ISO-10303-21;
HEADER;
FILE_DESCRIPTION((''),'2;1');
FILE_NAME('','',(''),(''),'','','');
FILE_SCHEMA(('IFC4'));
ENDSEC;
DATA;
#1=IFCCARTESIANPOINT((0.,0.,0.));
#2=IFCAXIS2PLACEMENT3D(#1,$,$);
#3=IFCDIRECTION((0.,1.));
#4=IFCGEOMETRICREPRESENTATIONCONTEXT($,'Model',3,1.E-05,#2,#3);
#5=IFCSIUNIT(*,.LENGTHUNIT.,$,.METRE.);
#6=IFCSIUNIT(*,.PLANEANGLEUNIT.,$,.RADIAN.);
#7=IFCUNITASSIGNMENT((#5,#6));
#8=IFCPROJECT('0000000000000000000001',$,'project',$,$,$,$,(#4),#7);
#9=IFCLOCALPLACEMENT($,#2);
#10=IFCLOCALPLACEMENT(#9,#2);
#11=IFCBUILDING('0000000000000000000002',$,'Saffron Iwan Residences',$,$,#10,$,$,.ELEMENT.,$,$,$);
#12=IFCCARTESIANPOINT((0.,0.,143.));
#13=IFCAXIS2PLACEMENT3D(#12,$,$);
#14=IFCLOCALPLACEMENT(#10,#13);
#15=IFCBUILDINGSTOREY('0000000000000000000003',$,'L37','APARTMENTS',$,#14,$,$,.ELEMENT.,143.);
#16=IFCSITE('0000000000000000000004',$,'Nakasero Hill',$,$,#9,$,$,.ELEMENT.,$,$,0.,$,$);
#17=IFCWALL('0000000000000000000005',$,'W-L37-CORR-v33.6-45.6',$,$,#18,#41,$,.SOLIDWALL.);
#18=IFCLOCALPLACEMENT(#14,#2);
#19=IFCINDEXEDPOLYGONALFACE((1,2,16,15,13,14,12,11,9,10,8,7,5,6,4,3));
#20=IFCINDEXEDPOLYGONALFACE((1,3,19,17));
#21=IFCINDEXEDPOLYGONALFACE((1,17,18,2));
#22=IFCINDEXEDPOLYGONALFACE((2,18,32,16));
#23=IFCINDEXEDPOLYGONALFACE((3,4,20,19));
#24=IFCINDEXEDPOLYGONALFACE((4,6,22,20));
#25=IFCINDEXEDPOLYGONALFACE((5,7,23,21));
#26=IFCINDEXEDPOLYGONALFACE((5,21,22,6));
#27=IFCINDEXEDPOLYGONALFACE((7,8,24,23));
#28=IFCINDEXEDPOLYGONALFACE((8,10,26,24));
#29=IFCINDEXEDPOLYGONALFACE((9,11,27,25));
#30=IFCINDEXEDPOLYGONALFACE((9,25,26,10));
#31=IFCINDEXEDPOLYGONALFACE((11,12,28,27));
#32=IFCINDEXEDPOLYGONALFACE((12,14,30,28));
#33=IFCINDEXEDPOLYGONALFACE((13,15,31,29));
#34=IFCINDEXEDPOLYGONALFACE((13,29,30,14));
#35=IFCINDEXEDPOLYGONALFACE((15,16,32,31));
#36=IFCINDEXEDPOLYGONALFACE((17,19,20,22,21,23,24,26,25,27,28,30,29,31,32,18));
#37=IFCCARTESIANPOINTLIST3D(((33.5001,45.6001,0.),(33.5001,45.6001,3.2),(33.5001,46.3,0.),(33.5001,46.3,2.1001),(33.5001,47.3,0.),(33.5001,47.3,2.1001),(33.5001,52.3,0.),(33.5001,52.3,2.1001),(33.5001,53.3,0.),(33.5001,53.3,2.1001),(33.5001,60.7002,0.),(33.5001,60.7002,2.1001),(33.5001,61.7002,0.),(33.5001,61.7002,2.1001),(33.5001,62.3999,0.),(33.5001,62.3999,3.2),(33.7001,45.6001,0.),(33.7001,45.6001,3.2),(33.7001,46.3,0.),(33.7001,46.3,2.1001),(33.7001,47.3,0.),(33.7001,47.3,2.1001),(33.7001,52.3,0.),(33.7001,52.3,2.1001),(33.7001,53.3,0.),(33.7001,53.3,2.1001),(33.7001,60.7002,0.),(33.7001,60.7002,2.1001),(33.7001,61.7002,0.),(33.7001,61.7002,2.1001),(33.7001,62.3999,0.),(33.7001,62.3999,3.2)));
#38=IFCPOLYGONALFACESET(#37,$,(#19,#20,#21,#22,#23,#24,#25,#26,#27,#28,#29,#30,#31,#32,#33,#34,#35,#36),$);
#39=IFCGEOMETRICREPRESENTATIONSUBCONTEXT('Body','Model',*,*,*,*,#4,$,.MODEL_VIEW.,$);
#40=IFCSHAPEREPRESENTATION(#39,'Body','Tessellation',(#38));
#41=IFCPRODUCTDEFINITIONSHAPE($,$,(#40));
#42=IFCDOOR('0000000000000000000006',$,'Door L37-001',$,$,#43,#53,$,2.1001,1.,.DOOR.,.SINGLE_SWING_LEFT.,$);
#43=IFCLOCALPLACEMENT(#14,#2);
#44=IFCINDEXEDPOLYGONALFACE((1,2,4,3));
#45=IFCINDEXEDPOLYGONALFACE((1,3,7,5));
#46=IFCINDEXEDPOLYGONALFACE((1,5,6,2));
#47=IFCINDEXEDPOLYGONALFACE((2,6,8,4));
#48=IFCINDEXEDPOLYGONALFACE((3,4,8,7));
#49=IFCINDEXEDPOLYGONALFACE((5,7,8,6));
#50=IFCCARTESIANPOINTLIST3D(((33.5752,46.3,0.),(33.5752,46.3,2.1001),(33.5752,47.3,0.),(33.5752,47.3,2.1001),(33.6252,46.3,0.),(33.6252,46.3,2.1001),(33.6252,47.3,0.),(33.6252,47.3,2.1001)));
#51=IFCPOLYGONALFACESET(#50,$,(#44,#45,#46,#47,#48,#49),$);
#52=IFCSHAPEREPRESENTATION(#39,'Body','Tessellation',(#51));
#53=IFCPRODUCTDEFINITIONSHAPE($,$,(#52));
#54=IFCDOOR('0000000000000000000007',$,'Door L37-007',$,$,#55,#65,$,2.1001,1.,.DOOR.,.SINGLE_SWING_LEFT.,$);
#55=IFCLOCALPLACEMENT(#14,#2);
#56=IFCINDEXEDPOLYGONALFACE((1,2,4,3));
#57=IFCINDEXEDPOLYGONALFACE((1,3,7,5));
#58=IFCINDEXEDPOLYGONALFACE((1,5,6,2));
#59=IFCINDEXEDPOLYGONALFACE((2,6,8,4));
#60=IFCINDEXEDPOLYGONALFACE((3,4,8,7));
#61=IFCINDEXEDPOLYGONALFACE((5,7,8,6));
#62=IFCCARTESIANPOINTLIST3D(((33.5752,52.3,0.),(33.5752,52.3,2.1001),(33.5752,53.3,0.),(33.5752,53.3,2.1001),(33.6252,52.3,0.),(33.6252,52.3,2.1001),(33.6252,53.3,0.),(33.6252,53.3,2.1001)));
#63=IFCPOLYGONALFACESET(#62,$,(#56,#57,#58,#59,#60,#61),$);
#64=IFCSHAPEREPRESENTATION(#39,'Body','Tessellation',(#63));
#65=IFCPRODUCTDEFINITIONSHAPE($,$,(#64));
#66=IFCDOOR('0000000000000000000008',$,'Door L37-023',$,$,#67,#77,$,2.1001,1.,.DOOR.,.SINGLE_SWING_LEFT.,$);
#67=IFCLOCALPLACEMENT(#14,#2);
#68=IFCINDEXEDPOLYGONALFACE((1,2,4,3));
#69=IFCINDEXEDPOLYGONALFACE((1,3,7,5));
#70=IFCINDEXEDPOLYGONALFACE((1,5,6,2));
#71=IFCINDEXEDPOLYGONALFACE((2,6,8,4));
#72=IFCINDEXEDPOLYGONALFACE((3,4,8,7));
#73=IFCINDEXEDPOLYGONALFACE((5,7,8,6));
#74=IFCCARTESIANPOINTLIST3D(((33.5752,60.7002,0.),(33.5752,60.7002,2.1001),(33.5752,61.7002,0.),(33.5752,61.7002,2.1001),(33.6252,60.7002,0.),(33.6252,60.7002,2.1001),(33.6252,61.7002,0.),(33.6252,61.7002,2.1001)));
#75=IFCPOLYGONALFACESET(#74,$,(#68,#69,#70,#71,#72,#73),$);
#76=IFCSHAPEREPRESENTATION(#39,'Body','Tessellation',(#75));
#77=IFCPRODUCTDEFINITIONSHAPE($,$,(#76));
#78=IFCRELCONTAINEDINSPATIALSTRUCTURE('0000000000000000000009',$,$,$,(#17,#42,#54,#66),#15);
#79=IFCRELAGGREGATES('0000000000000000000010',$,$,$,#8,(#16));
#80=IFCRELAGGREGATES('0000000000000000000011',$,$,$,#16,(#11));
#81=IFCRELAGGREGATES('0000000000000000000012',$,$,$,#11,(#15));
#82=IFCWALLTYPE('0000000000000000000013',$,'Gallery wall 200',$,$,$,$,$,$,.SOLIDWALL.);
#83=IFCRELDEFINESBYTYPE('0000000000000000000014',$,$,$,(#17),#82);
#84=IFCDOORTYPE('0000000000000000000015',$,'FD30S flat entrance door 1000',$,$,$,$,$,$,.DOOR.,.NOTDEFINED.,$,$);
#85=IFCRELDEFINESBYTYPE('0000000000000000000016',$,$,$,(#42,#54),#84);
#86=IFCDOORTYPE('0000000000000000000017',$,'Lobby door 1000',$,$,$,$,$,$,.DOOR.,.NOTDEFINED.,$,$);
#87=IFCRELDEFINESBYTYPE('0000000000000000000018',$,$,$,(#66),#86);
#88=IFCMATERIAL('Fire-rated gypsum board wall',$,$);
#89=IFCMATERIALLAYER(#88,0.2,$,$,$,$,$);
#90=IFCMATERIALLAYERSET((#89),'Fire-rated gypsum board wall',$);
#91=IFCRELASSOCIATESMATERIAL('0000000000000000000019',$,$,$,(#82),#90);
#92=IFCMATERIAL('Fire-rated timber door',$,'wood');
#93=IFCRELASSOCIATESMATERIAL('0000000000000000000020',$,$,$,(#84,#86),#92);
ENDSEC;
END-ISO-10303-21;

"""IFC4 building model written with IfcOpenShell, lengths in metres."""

from ifc_helpers import new_model, si_unit, direction, frame, frame_2d, origin, place, context, subcontext, project, spatial, rectangle, extrude, material, layer, layer_set, type_object, element, fill, save


model = new_model("IFC4")

# Units and contexts
model_context = context("Model", 3, precision=1e-05, world=origin(), true_north=direction((0.0, 1.0)))
body_context = subcontext(model_context, "Body", "Model", "MODEL_VIEW")
ifc_project = project(units=[si_unit("LENGTHUNIT", "METRE"), si_unit("PLANEANGLEUNIT", "RADIAN")], contexts=[model_context])

# Site, building, storey
site_placement = place(None, origin())
site = spatial("IfcSite", under=ifc_project, at=site_placement, Name="Nakasero Hill", CompositionType="ELEMENT", RefElevation=0.0)
building_placement = place(site_placement, origin())
building = spatial("IfcBuilding", under=site, at=building_placement, Name="Saffron Iwan Residences", CompositionType="ELEMENT")
storey_placement = place(building_placement, frame((0.0, 0.0, 143.0)))
storey = spatial("IfcBuildingStorey", under=building, at=storey_placement, Name="L37", Description="APARTMENTS", CompositionType="ELEMENT", Elevation=143.0)

# Shared definitions
ifc_material_1 = material(Name="Fire-rated gypsum board wall")
ifc_layer_1 = layer(ifc_material_1, 0.2)
ifc_layer_set_1 = layer_set([ifc_layer_1], Name="Fire-rated gypsum board wall")
wall_type_1 = type_object("IfcWallType", Name="Gallery wall 200", PredefinedType="SOLIDWALL", material=ifc_layer_set_1)

# Wall, openings, doors
wall_1_placement = place(storey_placement, frame((33.6001, 45.6001, 0.0), z_axis=(0.0, 0.0, 1.0), x_axis=(0.0, 1.0, 0.0)))
wall_1 = element("IfcWall", 1, at=wall_1_placement, inside=storey, type_object=wall_type_1, Name="W-L37-CORR-v33.6-45.6", PredefinedType="SOLIDWALL", context=body_context, shape_type="SweptSolid", body=[
    extrude(rectangle(XDim=16.7998, YDim=0.2, at=frame_2d((8.3999, 0.0))), origin(), (0.0, 0.0, 1.0), 3.2),
])
opening_1_placement = place(wall_1_placement, frame((0.7, 0.0, 0.0)))
opening_1 = element("IfcOpeningElement", 2, at=opening_1_placement, cuts=wall_1, PredefinedType="OPENING", context=body_context, shape_type="SweptSolid", body=[
    extrude(rectangle(XDim=1.0, YDim=2.1001, at=frame_2d((0.5, 1.05))), frame((0.0, 0.1099, 0.0), z_axis=(0.0, -1.0, 0.0), x_axis=(1.0, 0.0, 0.0)), (0.0, 0.0, 1.0), 0.22),
])
opening_2_placement = place(wall_1_placement, frame((6.7, 0.0, 0.0)))
opening_2 = element("IfcOpeningElement", 3, at=opening_2_placement, cuts=wall_1, PredefinedType="OPENING", context=body_context, shape_type="SweptSolid", body=[
    extrude(rectangle(XDim=1.0, YDim=2.1001, at=frame_2d((0.5, 1.05))), frame((0.0, 0.1099, 0.0), z_axis=(0.0, -1.0, 0.0), x_axis=(1.0, 0.0, 0.0)), (0.0, 0.0, 1.0), 0.22),
])
opening_3_placement = place(wall_1_placement, frame((15.1001, 0.0, 0.0)))
opening_3 = element("IfcOpeningElement", 4, at=opening_3_placement, cuts=wall_1, PredefinedType="OPENING", context=body_context, shape_type="SweptSolid", body=[
    extrude(rectangle(XDim=1.0, YDim=2.1001, at=frame_2d((0.5, 1.05))), frame((0.0, 0.1099, 0.0), z_axis=(0.0, -1.0, 0.0), x_axis=(1.0, 0.0, 0.0)), (0.0, 0.0, 1.0), 0.22),
])
ifc_material_2 = material(Name="Fire-rated timber door", Category="wood")
door_type_1 = type_object("IfcDoorType", Name="FD30S flat entrance door 1000", OperationType="NOTDEFINED", PredefinedType="DOOR", material=ifc_material_2)
door_1_placement = place(opening_1_placement, origin())
door_1 = element("IfcDoor", 5, at=door_1_placement, inside=storey, type_object=door_type_1, Name="Door L37-001", OperationType="SINGLE_SWING_LEFT", OverallHeight=2.1001, OverallWidth=1.0, PredefinedType="DOOR", context=body_context, shape_type="SweptSolid", body=[
    extrude(rectangle(XDim=1.0, YDim=2.1001, at=frame_2d((0.5, 1.05))), frame((0.0, 0.0249, 0.0), z_axis=(0.0, -1.0, 0.0), x_axis=(1.0, 0.0, 0.0)), (0.0, 0.0, 1.0), 0.05),
])
fill(opening_1, door_1)
door_2_placement = place(opening_2_placement, origin())
door_2 = element("IfcDoor", 6, at=door_2_placement, inside=storey, type_object=door_type_1, Name="Door L37-007", OperationType="SINGLE_SWING_LEFT", OverallHeight=2.1001, OverallWidth=1.0, PredefinedType="DOOR", context=body_context, shape_type="SweptSolid", body=[
    extrude(rectangle(XDim=1.0, YDim=2.1001, at=frame_2d((0.5, 1.05))), frame((0.0, 0.0249, 0.0), z_axis=(0.0, -1.0, 0.0), x_axis=(1.0, 0.0, 0.0)), (0.0, 0.0, 1.0), 0.05),
])
fill(opening_2, door_2)
door_type_2 = type_object("IfcDoorType", Name="Lobby door 1000", OperationType="NOTDEFINED", PredefinedType="DOOR", material=ifc_material_2)
door_3_placement = place(opening_3_placement, origin())
door_3 = element("IfcDoor", 7, at=door_3_placement, inside=storey, type_object=door_type_2, Name="Door L37-023", OperationType="SINGLE_SWING_LEFT", OverallHeight=2.1001, OverallWidth=1.0, PredefinedType="DOOR", context=body_context, shape_type="SweptSolid", body=[
    extrude(rectangle(XDim=1.0, YDim=2.1001, at=frame_2d((0.5, 1.05))), frame((0.0, 0.0249, 0.0), z_axis=(0.0, -1.0, 0.0), x_axis=(1.0, 0.0, 0.0)), (0.0, 0.0, 1.0), 0.05),
])
fill(opening_3, door_3)

save(model, "model.ifc")
